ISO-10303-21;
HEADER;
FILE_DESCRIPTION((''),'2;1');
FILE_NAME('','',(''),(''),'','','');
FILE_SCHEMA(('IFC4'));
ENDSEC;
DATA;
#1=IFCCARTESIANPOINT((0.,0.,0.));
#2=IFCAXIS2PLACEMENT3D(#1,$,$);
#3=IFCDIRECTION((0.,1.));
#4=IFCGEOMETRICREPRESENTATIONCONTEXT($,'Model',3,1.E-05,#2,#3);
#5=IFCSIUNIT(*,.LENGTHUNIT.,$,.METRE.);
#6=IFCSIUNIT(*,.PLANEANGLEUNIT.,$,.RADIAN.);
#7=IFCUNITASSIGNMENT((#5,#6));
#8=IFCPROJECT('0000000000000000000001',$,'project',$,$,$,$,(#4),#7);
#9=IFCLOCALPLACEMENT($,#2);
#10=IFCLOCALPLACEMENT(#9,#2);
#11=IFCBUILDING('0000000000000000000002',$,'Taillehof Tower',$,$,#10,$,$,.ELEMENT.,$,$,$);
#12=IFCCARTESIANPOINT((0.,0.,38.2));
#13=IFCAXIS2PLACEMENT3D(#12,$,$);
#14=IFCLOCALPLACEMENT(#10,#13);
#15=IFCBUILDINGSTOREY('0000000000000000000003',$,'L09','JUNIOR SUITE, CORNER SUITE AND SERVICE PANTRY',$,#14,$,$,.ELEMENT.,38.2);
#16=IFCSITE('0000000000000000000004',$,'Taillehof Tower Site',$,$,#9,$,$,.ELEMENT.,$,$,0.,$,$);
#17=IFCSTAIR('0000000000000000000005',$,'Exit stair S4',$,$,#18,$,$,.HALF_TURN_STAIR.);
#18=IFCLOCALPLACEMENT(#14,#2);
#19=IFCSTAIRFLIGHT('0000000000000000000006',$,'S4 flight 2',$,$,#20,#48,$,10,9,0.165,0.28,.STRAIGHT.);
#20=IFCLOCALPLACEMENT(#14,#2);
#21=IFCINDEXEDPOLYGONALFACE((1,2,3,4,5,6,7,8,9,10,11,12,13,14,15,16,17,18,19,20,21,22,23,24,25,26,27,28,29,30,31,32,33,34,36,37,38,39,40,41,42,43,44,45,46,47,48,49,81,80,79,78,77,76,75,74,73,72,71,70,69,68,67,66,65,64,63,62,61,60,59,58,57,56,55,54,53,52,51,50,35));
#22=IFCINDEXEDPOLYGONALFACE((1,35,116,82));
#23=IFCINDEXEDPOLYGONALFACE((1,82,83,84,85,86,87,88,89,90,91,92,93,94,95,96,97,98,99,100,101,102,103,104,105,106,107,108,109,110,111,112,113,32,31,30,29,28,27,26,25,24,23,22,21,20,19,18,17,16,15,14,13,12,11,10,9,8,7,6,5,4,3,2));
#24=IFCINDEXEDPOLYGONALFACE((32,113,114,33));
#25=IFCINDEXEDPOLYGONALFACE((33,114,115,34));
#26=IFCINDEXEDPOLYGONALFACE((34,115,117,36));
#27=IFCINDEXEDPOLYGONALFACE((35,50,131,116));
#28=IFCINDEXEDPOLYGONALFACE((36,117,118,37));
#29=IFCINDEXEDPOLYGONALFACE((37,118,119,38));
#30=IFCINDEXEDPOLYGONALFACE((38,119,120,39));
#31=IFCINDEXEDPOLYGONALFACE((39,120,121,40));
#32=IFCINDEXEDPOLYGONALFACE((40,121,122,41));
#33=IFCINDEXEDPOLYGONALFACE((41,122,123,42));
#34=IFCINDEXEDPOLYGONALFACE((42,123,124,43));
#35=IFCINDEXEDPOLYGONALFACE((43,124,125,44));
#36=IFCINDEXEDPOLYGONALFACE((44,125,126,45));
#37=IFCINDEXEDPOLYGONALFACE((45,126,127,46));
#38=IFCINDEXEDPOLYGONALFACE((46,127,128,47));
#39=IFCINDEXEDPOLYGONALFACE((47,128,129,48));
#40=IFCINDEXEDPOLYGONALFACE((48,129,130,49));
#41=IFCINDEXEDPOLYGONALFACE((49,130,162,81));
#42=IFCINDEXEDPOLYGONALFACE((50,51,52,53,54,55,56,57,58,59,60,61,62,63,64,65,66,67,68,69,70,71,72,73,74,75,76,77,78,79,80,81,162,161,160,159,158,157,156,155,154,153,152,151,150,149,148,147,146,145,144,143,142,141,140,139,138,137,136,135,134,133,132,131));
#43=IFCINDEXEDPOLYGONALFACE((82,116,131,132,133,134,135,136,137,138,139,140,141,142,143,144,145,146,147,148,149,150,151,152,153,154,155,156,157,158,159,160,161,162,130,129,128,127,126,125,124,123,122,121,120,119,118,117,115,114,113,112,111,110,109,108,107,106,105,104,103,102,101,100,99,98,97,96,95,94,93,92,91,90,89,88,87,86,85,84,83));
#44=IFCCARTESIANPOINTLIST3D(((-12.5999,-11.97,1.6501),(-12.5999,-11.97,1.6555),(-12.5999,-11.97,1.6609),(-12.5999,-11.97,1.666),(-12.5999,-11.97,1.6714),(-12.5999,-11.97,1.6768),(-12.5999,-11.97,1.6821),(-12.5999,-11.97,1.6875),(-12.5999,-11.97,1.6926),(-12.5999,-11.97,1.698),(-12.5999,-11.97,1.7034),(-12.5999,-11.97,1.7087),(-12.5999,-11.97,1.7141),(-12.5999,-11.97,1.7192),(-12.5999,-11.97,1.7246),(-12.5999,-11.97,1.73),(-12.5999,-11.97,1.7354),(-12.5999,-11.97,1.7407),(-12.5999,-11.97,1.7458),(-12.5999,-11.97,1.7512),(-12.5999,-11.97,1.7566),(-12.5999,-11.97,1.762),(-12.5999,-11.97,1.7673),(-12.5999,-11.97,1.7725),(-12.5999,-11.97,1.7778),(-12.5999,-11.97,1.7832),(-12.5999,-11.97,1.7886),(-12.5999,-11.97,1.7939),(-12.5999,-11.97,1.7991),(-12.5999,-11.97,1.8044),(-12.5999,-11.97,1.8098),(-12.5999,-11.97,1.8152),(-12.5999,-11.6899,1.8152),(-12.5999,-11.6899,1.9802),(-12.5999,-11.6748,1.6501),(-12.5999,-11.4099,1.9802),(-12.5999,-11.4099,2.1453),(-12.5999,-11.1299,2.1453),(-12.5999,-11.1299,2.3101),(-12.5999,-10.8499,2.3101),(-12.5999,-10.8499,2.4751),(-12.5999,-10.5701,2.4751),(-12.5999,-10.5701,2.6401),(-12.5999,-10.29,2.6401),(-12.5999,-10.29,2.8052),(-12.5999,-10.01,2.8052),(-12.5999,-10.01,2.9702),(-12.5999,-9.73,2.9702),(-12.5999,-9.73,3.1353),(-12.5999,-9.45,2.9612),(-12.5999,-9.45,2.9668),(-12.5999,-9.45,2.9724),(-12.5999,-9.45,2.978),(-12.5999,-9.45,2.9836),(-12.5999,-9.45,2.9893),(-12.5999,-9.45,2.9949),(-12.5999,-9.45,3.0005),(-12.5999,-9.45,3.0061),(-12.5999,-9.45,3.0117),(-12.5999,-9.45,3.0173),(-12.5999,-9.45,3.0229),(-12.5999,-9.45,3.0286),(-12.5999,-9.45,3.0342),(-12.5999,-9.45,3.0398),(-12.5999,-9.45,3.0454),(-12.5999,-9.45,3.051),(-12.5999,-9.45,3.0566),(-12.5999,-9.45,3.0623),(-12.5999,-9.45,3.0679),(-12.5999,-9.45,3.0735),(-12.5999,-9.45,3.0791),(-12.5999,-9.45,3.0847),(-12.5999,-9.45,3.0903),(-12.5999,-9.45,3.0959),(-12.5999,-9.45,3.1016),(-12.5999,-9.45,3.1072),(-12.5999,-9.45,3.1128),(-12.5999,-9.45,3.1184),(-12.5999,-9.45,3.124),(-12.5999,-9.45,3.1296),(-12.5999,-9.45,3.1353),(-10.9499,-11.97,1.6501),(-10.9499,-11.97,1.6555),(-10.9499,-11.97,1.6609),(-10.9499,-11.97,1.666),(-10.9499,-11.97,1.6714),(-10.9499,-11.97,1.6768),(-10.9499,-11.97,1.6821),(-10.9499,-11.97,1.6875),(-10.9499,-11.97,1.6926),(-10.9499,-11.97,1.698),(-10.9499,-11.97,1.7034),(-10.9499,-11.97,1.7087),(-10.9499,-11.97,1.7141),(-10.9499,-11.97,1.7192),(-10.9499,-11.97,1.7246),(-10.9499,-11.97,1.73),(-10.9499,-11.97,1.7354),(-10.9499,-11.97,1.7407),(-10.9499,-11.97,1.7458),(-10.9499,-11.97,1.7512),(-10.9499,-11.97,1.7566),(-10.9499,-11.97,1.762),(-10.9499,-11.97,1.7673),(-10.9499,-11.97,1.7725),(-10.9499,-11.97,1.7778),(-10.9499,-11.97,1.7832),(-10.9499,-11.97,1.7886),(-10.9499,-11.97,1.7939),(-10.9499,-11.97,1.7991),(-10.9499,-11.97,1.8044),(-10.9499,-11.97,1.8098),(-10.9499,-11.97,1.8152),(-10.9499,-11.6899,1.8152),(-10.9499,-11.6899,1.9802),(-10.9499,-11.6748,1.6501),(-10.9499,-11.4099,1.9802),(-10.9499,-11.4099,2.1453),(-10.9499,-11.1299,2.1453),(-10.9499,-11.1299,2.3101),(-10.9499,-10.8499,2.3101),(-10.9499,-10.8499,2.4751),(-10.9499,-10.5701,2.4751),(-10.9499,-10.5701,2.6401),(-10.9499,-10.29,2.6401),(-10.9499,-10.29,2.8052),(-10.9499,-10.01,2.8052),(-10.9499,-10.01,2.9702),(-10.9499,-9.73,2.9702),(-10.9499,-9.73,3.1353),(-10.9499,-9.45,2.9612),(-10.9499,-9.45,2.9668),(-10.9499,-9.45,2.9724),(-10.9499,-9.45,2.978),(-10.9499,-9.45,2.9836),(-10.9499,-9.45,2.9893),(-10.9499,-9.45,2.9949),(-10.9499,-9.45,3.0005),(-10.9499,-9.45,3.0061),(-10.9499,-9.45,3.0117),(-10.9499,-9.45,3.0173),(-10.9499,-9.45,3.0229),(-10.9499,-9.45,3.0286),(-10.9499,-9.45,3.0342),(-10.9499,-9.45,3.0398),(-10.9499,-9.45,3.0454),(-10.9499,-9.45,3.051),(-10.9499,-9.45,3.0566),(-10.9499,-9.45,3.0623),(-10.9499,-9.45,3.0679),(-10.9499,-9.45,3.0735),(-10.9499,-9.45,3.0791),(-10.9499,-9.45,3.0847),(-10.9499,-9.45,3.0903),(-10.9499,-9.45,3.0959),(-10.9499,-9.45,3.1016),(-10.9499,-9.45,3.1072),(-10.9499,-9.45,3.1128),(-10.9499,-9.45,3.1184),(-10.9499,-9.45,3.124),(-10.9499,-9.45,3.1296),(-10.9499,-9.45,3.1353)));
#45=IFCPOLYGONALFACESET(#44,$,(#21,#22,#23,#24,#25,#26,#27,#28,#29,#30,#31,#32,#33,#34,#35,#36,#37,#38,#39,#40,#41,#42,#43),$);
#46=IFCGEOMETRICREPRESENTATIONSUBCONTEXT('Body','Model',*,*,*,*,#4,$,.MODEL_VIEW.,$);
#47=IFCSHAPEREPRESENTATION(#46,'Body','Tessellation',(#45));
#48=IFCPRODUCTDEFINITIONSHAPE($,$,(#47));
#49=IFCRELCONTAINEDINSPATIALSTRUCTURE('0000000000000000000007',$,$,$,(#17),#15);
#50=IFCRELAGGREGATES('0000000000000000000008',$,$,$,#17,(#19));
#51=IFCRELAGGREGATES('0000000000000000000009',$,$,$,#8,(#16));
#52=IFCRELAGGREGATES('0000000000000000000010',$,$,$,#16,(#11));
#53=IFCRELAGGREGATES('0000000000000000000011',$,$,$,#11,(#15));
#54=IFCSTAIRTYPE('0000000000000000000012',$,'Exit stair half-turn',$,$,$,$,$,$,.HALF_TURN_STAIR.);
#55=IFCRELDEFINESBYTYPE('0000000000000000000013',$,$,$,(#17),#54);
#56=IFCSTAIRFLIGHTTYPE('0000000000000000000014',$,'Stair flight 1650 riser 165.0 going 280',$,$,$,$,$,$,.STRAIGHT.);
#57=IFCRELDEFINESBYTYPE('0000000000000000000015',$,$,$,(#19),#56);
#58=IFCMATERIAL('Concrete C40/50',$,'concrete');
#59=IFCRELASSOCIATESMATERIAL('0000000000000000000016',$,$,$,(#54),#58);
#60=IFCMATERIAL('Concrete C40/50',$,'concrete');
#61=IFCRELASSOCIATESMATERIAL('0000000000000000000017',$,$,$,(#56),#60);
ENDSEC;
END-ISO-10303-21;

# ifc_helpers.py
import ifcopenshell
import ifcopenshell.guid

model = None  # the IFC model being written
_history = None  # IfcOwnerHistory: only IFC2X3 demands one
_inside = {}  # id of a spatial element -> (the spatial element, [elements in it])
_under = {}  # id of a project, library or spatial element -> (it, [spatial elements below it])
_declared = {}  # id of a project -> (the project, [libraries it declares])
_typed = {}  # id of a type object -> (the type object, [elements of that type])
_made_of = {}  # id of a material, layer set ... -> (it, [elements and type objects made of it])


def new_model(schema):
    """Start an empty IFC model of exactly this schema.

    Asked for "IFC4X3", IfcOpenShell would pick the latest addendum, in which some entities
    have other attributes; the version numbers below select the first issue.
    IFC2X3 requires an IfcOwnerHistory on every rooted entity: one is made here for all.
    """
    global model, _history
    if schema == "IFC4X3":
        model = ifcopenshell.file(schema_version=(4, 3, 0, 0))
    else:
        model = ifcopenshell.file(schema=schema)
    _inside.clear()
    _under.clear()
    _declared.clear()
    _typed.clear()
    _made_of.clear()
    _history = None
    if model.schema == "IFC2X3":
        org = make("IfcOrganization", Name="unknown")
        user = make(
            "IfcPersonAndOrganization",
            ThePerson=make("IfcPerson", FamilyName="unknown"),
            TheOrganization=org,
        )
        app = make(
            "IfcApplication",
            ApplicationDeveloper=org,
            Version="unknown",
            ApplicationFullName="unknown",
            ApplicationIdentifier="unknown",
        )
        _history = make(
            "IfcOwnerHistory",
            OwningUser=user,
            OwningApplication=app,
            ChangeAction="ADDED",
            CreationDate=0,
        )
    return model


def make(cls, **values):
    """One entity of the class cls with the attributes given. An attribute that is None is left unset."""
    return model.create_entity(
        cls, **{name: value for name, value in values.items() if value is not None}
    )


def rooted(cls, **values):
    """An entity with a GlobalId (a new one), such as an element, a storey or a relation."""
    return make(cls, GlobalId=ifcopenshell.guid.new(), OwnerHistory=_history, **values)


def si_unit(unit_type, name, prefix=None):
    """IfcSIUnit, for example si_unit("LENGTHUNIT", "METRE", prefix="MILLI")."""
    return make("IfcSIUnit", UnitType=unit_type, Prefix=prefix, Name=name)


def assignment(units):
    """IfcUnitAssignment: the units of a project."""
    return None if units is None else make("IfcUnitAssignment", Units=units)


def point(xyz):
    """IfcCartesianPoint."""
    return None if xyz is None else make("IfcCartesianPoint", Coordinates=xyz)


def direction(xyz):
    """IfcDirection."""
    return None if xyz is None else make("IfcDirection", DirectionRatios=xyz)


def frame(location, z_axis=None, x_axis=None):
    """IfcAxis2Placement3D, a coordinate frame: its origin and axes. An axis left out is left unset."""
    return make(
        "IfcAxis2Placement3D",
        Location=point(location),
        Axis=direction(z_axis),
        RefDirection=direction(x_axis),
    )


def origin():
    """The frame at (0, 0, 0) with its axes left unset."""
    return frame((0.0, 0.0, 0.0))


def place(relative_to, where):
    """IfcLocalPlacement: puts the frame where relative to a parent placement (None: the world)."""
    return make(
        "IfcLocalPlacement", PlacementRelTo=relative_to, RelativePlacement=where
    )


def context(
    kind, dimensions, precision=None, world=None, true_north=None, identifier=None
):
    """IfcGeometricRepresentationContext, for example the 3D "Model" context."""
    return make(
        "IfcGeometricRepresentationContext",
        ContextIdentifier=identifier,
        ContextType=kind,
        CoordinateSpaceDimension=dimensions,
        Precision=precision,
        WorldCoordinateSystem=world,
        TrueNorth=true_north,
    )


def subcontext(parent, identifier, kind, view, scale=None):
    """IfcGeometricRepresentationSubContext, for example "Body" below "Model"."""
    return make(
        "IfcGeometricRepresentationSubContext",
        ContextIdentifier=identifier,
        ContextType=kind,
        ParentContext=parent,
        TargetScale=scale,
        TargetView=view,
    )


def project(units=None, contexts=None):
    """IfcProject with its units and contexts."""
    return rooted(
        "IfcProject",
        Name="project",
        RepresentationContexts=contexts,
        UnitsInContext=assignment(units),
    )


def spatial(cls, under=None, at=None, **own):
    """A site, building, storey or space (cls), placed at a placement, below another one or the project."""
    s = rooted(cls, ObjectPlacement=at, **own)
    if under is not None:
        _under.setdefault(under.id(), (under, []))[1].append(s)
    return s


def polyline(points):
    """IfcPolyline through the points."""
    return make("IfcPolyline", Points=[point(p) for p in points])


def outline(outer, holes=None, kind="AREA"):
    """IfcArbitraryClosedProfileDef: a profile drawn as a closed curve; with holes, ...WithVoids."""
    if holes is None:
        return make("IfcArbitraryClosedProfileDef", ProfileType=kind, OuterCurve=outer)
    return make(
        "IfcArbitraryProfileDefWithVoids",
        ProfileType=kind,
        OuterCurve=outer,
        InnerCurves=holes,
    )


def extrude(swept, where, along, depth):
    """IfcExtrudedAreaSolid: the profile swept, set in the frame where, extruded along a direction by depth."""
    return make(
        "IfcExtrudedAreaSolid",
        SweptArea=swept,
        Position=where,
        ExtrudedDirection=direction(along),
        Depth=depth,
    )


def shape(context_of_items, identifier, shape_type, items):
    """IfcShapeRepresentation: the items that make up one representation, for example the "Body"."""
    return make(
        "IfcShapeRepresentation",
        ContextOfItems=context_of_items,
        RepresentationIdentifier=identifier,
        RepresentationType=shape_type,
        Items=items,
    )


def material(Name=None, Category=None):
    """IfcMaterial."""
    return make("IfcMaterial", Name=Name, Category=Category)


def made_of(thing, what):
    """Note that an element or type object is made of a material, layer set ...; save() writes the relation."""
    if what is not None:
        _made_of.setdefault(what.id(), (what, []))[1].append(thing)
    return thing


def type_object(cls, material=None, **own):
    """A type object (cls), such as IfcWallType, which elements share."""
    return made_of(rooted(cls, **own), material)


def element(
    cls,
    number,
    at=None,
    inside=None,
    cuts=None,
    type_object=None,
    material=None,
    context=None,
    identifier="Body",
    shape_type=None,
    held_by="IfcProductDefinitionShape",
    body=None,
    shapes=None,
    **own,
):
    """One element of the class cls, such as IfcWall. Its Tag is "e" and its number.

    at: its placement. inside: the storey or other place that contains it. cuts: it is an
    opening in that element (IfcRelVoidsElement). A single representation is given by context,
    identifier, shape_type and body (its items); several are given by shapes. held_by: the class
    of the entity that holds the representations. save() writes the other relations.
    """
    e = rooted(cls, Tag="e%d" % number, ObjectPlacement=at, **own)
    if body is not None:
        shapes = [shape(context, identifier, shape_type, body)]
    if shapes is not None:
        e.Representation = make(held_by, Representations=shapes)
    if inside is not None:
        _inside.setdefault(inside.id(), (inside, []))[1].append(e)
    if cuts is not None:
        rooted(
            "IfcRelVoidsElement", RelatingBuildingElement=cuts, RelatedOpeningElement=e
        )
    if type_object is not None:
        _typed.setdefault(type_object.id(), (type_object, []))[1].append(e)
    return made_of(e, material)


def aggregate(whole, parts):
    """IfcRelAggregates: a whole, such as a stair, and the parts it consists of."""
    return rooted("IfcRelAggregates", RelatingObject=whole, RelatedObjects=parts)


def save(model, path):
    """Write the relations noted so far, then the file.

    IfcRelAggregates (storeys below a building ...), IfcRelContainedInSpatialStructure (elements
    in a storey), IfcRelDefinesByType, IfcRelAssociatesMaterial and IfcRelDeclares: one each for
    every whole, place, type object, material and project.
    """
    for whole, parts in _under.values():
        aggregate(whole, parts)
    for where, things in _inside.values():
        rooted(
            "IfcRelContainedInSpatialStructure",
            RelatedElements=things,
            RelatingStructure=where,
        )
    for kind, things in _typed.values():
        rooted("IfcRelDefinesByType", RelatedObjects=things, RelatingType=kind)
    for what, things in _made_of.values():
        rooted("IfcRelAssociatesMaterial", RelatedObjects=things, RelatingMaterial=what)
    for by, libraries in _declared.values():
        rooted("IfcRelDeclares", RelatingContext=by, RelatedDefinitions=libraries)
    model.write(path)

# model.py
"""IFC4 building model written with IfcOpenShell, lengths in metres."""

from ifc_helpers import new_model, si_unit, direction, frame, origin, place, context, subcontext, project, spatial, polyline, outline, extrude, material, type_object, element, aggregate, save


model = new_model("IFC4")

# Units and contexts
model_context = context("Model", 3, precision=1e-05, world=origin(), true_north=direction((0.0, 1.0)))
body_context = subcontext(model_context, "Body", "Model", "MODEL_VIEW")
ifc_project = project(units=[si_unit("LENGTHUNIT", "METRE"), si_unit("PLANEANGLEUNIT", "RADIAN")], contexts=[model_context])

# Site, building, storey
site_placement = place(None, origin())
site = spatial("IfcSite", under=ifc_project, at=site_placement, Name="Taillehof Tower Site", CompositionType="ELEMENT", RefElevation=0.0)
building_placement = place(site_placement, origin())
building = spatial("IfcBuilding", under=site, at=building_placement, Name="Taillehof Tower", CompositionType="ELEMENT")
storey_placement = place(building_placement, frame((0.0, 0.0, 38.2)))
storey = spatial("IfcBuildingStorey", under=building, at=storey_placement, Name="L09", Description="JUNIOR SUITE, CORNER SUITE AND SERVICE PANTRY", CompositionType="ELEMENT", Elevation=38.2)

# Stair, stair flight
ifc_material_1 = material(Name="Concrete C40/50", Category="concrete")
stair_type = type_object("IfcStairType", Name="Exit stair half-turn", PredefinedType="HALF_TURN_STAIR", material=ifc_material_1)
stair_placement = place(storey_placement, origin())
stair = element("IfcStair", 1, at=stair_placement, inside=storey, type_object=stair_type, Name="Exit stair S4", PredefinedType="HALF_TURN_STAIR")
ifc_material_2 = material(Name="Concrete C40/50", Category="concrete")
stair_flight_type = type_object("IfcStairFlightType", Name="Stair flight 1650 riser 165.0 going 280", PredefinedType="STRAIGHT", material=ifc_material_2)
stair_flight_1_placement = place(storey_placement, frame((-11.7749, -11.97, 1.6501), z_axis=(0.0, 0.0, 1.0), x_axis=(0.0, 1.0, 0.0)))
stair_flight_1 = element("IfcStairFlight", 2, at=stair_flight_1_placement, type_object=stair_flight_type, Name="S4 flight 2", NumberOfRisers=10, NumberOfTreads=9, PredefinedType="STRAIGHT", RiserHeight=0.165, TreadLength=0.28, context=body_context, shape_type="SweptSolid", body=[
    extrude(outline(polyline([(0.0, 0.0), (0.0, 0.0054), (0.0, 0.0107), (0.0, 0.0159), (0.0, 0.0212), (0.0, 0.0266), (0.0, 0.032), (0.0, 0.0374), (0.0, 0.0425), (0.0, 0.0479), (0.0, 0.0532), (0.0, 0.0586), (0.0, 0.064), (0.0, 0.0691), (0.0, 0.0745), (0.0, 0.0798), (0.0, 0.0852), (0.0, 0.0906), (0.0, 0.0957), (0.0, 0.1011), (0.0, 0.1064), (0.0, 0.1118), (0.0, 0.1172), (0.0, 0.1223), (0.0, 0.1277), (0.0, 0.1331), (0.0, 0.1384), (0.0, 0.1438), (0.0, 0.1489), (0.0, 0.1543), (0.0, 0.1597), (0.0, 0.165), (0.28, 0.165), (0.28, 0.3301), (0.5601, 0.3301), (0.5601, 0.4951), (0.8401, 0.4951), (0.8401, 0.6599), (1.1201, 0.6599), (1.1201, 0.825), (1.3999, 0.825), (1.3999, 0.99), (1.6799, 0.99), (1.6799, 1.155), (1.96, 1.155), (1.96, 1.3201), (2.24, 1.3201), (2.24, 1.4851), (2.52, 1.4851), (2.52, 1.4795), (2.52, 1.4739), (2.52, 1.4683), (2.52, 1.4626), (2.52, 1.457), (2.52, 1.4514), (2.52, 1.4458), (2.52, 1.4402), (2.52, 1.4346), (2.52, 1.429), (2.52, 1.4233), (2.52, 1.4177), (2.52, 1.4121), (2.52, 1.4065), (2.52, 1.4009), (2.52, 1.3953), (2.52, 1.3896), (2.52, 1.384), (2.52, 1.3784), (2.52, 1.3728), (2.52, 1.3672), (2.52, 1.3616), (2.52, 1.356), (2.52, 1.3503), (2.52, 1.3447), (2.52, 1.3391), (2.52, 1.3335), (2.52, 1.3279), (2.52, 1.3223), (2.52, 1.3167), (2.52, 1.311), (0.2952, 0.0), (0.0, 0.0)])), frame((0.0, 0.825, 0.0), z_axis=(0.0, -1.0, 0.0), x_axis=(1.0, 0.0, 0.0)), (0.0, 0.0, 1.0), 1.65),
])
aggregate(stair, [stair_flight_1])

save(model, "model.ifc")
